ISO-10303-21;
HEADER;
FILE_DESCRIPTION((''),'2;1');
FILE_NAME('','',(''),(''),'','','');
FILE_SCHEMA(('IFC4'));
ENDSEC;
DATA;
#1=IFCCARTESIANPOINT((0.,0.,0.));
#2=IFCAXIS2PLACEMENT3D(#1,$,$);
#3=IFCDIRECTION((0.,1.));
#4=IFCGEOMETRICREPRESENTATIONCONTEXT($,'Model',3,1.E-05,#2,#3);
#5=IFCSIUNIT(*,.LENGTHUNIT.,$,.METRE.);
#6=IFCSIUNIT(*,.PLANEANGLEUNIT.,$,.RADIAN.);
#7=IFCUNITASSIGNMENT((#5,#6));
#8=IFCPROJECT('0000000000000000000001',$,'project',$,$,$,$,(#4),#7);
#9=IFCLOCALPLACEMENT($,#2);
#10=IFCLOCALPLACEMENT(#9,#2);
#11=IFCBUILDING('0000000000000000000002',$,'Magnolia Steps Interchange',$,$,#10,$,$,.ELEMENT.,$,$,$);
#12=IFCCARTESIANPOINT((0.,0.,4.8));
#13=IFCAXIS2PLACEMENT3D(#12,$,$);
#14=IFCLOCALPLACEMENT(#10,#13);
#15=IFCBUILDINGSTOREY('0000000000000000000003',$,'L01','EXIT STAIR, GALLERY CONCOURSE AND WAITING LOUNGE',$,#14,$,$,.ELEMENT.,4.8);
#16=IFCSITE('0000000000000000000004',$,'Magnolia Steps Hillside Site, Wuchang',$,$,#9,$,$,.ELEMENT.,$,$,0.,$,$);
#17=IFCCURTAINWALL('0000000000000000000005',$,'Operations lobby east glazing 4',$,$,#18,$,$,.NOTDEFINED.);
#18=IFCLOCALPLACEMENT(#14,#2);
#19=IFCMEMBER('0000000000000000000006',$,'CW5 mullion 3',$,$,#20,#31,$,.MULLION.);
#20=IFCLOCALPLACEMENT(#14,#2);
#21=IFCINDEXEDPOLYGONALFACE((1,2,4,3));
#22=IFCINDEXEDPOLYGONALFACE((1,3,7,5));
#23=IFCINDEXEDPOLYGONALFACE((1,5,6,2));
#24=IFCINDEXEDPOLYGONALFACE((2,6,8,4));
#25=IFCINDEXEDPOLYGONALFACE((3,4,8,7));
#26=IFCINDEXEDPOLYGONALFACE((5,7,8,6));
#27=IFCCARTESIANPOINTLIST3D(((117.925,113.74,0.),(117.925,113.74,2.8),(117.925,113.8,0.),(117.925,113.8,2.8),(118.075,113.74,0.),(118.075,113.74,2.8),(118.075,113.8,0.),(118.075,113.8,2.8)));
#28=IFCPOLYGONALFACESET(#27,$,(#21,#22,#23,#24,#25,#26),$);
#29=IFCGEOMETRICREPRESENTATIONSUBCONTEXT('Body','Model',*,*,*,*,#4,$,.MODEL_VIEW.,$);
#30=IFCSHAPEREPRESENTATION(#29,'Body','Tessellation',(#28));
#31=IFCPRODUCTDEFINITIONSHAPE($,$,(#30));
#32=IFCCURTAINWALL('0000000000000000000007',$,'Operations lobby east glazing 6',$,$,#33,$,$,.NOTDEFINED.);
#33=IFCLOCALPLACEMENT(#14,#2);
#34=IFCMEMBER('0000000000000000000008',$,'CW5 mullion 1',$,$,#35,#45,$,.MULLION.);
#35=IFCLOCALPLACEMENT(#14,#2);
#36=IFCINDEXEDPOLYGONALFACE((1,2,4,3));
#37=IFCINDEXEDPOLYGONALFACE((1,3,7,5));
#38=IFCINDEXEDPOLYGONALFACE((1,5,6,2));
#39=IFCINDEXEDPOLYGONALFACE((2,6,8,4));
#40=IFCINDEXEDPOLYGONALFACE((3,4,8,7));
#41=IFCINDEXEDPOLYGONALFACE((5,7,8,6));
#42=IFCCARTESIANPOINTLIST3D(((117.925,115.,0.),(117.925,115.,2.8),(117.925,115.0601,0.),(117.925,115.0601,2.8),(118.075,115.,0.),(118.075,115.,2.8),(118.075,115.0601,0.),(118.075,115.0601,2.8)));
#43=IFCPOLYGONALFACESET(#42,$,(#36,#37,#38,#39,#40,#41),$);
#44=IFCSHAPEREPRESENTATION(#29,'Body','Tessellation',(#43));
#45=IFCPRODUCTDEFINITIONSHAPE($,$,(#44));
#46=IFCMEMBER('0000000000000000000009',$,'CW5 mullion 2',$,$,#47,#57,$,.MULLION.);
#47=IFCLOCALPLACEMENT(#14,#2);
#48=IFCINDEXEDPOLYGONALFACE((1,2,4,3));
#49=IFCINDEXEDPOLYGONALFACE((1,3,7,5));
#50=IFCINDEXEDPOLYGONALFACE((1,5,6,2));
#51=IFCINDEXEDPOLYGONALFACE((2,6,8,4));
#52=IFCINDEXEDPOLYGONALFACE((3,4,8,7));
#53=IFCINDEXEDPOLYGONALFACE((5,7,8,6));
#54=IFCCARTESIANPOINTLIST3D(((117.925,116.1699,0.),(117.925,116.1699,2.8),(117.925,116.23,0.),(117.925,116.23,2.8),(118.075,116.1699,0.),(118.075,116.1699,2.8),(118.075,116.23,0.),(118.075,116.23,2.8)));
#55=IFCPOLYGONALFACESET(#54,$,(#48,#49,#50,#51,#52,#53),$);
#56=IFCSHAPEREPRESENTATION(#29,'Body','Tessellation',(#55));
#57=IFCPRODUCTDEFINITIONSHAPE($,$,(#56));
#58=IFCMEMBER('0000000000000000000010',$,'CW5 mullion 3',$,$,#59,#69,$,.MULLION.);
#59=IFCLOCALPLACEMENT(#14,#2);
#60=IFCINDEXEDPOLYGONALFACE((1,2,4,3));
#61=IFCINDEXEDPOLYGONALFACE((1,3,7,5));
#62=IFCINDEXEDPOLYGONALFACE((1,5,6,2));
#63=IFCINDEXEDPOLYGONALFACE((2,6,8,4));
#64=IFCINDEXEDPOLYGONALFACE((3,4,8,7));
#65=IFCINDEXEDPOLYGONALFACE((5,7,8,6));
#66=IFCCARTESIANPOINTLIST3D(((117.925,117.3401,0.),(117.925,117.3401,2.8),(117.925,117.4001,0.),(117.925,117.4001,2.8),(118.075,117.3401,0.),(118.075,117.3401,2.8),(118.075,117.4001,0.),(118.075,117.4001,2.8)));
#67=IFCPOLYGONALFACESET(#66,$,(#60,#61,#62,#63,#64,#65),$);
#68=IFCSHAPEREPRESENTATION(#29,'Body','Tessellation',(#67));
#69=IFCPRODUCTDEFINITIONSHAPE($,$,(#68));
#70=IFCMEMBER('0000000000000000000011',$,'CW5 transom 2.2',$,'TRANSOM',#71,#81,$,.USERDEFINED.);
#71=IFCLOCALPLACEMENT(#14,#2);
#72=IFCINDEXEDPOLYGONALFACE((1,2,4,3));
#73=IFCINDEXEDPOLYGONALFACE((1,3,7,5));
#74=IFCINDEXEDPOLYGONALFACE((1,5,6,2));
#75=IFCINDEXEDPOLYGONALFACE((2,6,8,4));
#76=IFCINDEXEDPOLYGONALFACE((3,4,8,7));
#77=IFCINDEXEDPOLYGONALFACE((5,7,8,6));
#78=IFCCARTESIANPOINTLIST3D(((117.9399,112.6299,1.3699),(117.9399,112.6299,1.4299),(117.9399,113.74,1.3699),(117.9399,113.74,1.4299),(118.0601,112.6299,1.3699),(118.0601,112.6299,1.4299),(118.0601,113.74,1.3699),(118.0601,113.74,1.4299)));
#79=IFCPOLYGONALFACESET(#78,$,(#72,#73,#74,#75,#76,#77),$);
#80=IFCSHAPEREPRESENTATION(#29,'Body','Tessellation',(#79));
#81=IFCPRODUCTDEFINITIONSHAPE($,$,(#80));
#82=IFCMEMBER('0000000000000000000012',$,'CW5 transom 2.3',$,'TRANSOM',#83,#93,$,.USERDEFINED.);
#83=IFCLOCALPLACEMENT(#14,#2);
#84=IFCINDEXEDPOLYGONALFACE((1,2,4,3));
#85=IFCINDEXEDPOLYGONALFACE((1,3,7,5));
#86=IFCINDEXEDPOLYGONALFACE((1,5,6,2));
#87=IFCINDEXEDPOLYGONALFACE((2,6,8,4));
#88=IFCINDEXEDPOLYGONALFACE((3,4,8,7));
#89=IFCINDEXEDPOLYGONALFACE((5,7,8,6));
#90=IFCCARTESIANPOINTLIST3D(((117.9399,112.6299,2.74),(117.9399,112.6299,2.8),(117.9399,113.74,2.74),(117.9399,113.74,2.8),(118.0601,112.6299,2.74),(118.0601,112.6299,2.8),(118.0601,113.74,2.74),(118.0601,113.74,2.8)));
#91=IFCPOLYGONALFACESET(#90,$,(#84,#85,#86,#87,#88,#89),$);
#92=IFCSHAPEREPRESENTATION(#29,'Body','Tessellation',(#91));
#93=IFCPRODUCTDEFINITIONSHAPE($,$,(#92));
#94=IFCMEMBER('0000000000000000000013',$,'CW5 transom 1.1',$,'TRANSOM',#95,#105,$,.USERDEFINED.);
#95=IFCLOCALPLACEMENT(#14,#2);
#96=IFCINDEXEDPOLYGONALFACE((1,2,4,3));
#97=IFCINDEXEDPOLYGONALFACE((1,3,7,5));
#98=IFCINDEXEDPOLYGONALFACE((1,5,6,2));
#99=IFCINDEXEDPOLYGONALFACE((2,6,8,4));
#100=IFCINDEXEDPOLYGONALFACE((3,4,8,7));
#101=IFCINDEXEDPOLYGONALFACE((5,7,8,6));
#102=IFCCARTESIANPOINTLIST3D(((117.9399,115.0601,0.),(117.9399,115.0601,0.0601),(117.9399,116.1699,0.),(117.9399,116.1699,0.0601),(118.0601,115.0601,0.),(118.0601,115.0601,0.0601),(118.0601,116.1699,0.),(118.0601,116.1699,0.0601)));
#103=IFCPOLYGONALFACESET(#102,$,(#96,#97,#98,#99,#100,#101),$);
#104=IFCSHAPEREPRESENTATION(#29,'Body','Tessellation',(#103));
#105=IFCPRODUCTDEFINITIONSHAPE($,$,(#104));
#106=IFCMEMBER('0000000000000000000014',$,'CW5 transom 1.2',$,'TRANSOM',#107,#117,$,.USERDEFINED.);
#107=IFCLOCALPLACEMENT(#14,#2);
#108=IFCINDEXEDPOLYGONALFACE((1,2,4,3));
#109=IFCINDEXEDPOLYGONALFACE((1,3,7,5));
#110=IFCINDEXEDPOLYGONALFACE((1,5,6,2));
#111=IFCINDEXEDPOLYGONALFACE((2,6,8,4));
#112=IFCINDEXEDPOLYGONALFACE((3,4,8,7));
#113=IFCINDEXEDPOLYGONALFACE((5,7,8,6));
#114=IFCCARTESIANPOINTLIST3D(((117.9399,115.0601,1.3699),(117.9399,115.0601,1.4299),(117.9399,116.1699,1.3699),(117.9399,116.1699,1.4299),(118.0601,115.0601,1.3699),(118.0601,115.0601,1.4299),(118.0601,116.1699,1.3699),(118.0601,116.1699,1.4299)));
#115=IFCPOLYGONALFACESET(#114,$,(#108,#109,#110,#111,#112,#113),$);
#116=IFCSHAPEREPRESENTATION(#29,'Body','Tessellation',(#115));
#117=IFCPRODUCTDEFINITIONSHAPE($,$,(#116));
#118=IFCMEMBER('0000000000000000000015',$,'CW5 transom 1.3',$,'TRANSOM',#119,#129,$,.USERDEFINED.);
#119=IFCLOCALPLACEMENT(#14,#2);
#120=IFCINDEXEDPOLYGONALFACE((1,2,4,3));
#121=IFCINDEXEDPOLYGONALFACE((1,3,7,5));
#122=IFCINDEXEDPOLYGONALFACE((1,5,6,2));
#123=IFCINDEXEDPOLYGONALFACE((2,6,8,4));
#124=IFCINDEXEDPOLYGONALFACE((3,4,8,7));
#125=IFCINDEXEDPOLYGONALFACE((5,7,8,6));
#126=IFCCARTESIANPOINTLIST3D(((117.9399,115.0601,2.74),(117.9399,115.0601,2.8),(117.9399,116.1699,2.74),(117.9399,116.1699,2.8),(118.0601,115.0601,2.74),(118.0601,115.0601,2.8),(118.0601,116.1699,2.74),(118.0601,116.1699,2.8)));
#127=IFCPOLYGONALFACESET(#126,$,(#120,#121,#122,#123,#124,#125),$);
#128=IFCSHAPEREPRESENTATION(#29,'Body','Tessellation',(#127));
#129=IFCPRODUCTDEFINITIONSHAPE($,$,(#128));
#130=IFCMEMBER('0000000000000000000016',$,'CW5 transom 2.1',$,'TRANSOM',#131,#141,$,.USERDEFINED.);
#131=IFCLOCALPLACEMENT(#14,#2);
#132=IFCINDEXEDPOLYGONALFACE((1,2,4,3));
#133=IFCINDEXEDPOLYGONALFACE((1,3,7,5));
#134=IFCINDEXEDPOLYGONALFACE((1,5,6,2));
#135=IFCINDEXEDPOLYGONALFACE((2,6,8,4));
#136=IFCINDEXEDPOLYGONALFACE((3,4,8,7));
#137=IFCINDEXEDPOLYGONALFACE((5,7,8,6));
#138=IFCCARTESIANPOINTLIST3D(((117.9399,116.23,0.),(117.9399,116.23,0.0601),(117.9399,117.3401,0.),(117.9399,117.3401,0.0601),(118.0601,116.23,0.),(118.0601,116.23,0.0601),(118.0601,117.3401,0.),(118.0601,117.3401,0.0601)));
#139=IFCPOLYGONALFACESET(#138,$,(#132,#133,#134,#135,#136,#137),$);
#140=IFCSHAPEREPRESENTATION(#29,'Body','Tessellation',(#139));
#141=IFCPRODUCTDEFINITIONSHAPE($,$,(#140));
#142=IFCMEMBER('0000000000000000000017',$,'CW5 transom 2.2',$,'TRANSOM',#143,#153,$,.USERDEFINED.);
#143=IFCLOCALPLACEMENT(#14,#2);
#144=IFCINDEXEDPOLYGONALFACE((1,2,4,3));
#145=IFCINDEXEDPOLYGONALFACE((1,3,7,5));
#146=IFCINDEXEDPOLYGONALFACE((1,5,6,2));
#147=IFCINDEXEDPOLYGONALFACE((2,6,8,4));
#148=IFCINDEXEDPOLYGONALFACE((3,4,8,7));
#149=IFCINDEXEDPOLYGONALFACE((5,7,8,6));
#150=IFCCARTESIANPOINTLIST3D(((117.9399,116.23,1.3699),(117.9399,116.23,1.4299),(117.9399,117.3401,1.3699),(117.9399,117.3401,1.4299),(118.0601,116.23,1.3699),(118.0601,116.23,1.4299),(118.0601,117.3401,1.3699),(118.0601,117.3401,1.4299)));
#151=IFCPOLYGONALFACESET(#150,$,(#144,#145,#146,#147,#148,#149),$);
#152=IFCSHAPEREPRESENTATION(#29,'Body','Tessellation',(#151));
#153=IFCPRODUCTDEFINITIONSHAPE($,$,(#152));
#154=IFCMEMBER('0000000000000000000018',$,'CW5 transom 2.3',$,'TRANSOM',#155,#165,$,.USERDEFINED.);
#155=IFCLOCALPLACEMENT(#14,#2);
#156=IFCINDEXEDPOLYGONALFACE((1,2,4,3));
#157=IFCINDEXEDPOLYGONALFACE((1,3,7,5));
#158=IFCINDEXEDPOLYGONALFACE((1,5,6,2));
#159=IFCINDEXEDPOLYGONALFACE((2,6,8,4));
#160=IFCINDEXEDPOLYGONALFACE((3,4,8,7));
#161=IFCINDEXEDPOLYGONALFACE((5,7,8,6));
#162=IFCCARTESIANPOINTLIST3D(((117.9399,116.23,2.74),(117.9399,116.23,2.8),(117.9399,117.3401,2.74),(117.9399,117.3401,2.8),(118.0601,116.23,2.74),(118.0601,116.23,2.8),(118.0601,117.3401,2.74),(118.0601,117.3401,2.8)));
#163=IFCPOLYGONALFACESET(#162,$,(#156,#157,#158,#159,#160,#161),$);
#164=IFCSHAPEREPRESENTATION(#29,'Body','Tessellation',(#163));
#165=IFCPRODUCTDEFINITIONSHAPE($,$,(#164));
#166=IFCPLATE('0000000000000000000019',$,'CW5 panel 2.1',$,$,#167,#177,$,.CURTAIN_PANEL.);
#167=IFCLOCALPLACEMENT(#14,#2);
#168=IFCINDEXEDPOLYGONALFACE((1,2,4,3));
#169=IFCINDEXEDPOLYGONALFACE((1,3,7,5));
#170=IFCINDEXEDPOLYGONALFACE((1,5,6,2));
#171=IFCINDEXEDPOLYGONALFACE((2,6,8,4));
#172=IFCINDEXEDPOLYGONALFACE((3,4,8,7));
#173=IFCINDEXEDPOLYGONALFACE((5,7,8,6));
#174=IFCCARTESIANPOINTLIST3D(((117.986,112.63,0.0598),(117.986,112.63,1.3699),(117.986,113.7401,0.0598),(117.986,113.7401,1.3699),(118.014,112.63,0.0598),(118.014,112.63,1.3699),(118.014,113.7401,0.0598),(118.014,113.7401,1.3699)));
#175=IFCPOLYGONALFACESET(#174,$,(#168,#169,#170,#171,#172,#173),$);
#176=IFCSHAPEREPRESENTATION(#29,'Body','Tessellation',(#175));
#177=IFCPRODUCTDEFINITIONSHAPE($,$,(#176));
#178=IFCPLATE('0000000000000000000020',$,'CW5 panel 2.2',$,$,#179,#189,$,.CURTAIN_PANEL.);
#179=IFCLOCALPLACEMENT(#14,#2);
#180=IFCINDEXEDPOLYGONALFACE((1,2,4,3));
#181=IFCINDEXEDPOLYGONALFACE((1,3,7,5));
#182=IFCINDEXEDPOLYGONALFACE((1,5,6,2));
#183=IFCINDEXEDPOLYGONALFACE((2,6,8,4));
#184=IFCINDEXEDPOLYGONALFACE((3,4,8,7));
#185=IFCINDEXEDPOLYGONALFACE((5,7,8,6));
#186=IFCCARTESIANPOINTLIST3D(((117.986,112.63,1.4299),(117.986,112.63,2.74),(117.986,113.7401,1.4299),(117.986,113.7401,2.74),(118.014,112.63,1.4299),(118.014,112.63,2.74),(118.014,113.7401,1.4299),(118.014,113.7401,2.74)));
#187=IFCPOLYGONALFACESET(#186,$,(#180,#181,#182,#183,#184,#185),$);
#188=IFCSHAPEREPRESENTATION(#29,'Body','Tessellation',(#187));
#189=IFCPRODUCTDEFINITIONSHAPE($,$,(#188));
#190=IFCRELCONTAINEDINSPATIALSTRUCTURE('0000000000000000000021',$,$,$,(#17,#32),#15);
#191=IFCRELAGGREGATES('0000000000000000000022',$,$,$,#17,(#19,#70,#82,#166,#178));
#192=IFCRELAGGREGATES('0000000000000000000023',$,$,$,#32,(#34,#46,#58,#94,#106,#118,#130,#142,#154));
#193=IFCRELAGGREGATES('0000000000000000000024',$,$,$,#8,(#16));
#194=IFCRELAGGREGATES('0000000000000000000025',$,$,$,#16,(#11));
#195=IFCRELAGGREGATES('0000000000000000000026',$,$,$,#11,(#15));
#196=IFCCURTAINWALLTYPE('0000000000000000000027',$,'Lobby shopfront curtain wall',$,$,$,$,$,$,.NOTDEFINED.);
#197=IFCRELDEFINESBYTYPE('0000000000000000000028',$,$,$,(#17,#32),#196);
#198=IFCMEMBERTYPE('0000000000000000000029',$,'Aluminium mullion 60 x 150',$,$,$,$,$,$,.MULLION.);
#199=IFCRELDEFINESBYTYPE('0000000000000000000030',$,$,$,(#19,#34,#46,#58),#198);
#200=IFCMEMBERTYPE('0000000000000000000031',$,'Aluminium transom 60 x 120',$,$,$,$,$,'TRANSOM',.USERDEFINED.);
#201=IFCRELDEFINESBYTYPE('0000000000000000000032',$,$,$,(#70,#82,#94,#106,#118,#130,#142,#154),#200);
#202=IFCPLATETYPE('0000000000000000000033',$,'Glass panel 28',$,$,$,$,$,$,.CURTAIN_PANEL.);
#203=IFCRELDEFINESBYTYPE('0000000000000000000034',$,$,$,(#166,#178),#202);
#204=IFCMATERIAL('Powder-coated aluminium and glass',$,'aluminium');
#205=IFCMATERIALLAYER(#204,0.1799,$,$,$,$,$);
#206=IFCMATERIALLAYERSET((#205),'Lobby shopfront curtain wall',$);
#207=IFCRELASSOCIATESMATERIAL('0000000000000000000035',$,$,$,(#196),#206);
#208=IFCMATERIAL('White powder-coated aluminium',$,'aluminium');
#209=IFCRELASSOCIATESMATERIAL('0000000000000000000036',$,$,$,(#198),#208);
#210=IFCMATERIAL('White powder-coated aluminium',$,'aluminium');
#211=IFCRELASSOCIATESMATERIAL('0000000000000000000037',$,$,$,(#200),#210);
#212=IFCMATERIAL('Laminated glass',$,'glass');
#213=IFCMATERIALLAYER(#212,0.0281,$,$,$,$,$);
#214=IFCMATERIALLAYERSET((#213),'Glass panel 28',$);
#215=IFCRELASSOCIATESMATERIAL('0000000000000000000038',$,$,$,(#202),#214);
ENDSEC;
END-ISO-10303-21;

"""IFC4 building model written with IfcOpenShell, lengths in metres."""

from ifc_helpers import new_model, si_unit, direction, frame, origin, origin_2d, place, context, subcontext, project, spatial, rectangle, extrude, material, layer, layer_set, material_profile, profile_set, type_object, element, aggregate, save


model = new_model("IFC4")

# Units and contexts
model_context = context("Model", 3, precision=1e-05, world=origin(), true_north=direction((0.0, 1.0)))
body_context = subcontext(model_context, "Body", "Model", "MODEL_VIEW")
ifc_project = project(units=[si_unit("LENGTHUNIT", "METRE"), si_unit("PLANEANGLEUNIT", "RADIAN")], contexts=[model_context])

# Site, building, storey
site_placement = place(None, origin())
site = spatial("IfcSite", under=ifc_project, at=site_placement, Name="Magnolia Steps Hillside Site, Wuchang", CompositionType="ELEMENT", RefElevation=0.0)
building_placement = place(site_placement, origin())
building = spatial("IfcBuilding", under=site, at=building_placement, Name="Magnolia Steps Interchange", CompositionType="ELEMENT")
storey_placement = place(building_placement, frame((0.0, 0.0, 4.8)))
storey = spatial("IfcBuildingStorey", under=building, at=storey_placement, Name="L01", Description="EXIT STAIR, GALLERY CONCOURSE AND WAITING LOUNGE", CompositionType="ELEMENT", Elevation=4.8)

# Curtain wall, member
ifc_material_1 = material(Name="Powder-coated aluminium and glass", Category="aluminium")
ifc_layer_1 = layer(ifc_material_1, 0.1799)
ifc_layer_set_1 = layer_set([ifc_layer_1], Name="Lobby shopfront curtain wall")
curtain_wall_type = type_object("IfcCurtainWallType", Name="Lobby shopfront curtain wall", PredefinedType="NOTDEFINED", material=ifc_layer_set_1)
curtain_wall_1_placement = place(storey_placement, origin())
curtain_wall_1 = element("IfcCurtainWall", 1, at=curtain_wall_1_placement, inside=storey, type_object=curtain_wall_type, Name="Operations lobby east glazing 4", PredefinedType="NOTDEFINED")
ifc_material_2 = material(Name="White powder-coated aluminium", Category="aluminium")
ifc_material_profile_1 = material_profile(ifc_material_2, rectangle(XDim=0.0601, YDim=0.1499, at=origin_2d()), Name="Aluminium mullion 60 x 150")
ifc_profile_set_1 = profile_set([ifc_material_profile_1], Name="White powder-coated aluminium")
member_type_1 = type_object("IfcMemberType", Name="Aluminium mullion 60 x 150", PredefinedType="MULLION", material=ifc_profile_set_1)
member_1_placement = place(storey_placement, frame((118.0, 113.77, 0.0), z_axis=(0.0, 0.0, 1.0), x_axis=(0.0, 1.0, 0.0)))
member_1 = element("IfcMember", 2, at=member_1_placement, type_object=member_type_1, Name="CW5 mullion 3", PredefinedType="MULLION", context=body_context, shape_type="SweptSolid", body=[
    extrude(rectangle(XDim=0.0601, YDim=0.1499, at=origin_2d()), origin(), (0.0, 0.0, 1.0), 2.8),
])

# Curtain wall, members
curtain_wall_2_placement = place(storey_placement, origin())
curtain_wall_2 = element("IfcCurtainWall", 3, at=curtain_wall_2_placement, inside=storey, type_object=curtain_wall_type, Name="Operations lobby east glazing 6", PredefinedType="NOTDEFINED")
member_2_placement = place(storey_placement, frame((118.0, 115.03, 0.0), z_axis=(0.0, 0.0, 1.0), x_axis=(0.0, 1.0, 0.0)))
member_2 = element("IfcMember", 4, at=member_2_placement, type_object=member_type_1, Name="CW5 mullion 1", PredefinedType="MULLION", context=body_context, shape_type="SweptSolid", body=[
    extrude(rectangle(XDim=0.0601, YDim=0.1499, at=origin_2d()), origin(), (0.0, 0.0, 1.0), 2.8),
])
member_3_placement = place(storey_placement, frame((118.0, 116.2, 0.0), z_axis=(0.0, 0.0, 1.0), x_axis=(0.0, 1.0, 0.0)))
member_3 = element("IfcMember", 5, at=member_3_placement, type_object=member_type_1, Name="CW5 mullion 2", PredefinedType="MULLION", context=body_context, shape_type="SweptSolid", body=[
    extrude(rectangle(XDim=0.0601, YDim=0.1499, at=origin_2d()), origin(), (0.0, 0.0, 1.0), 2.8),
])
member_4_placement = place(storey_placement, frame((118.0, 117.3701, 0.0), z_axis=(0.0, 0.0, 1.0), x_axis=(0.0, 1.0, 0.0)))
member_4 = element("IfcMember", 6, at=member_4_placement, type_object=member_type_1, Name="CW5 mullion 3", PredefinedType="MULLION", context=body_context, shape_type="SweptSolid", body=[
    extrude(rectangle(XDim=0.0601, YDim=0.1499, at=origin_2d()), origin(), (0.0, 0.0, 1.0), 2.8),
])

# Members
ifc_material_3 = material(Name="White powder-coated aluminium", Category="aluminium")
ifc_material_profile_2 = material_profile(ifc_material_3, rectangle(XDim=0.0601, YDim=0.1201, at=origin_2d()), Name="Aluminium transom 60 x 120")
ifc_profile_set_2 = profile_set([ifc_material_profile_2], Name="White powder-coated aluminium")
member_type_2 = type_object("IfcMemberType", Name="Aluminium transom 60 x 120", ElementType="TRANSOM", PredefinedType="USERDEFINED", material=ifc_profile_set_2)
member_5_placement = place(storey_placement, frame((118.0, 112.6299, 1.3999), z_axis=(0.0, 1.0, 0.0), x_axis=(0.0, 0.0, 1.0)))
member_5 = element("IfcMember", 7, at=member_5_placement, type_object=member_type_2, Name="CW5 transom 2.2", ObjectType="TRANSOM", PredefinedType="USERDEFINED", context=body_context, shape_type="SweptSolid", body=[
    extrude(rectangle(XDim=0.0601, YDim=0.1201, at=origin_2d()), origin(), (0.0, 0.0, 1.0), 1.1101),
])
member_6_placement = place(storey_placement, frame((118.0, 112.6299, 2.77), z_axis=(0.0, 1.0, 0.0), x_axis=(0.0, 0.0, 1.0)))
member_6 = element("IfcMember", 8, at=member_6_placement, type_object=member_type_2, Name="CW5 transom 2.3", ObjectType="TRANSOM", PredefinedType="USERDEFINED", context=body_context, shape_type="SweptSolid", body=[
    extrude(rectangle(XDim=0.0601, YDim=0.1201, at=origin_2d()), origin(), (0.0, 0.0, 1.0), 1.1101),
])
member_7_placement = place(storey_placement, frame((118.0, 115.0601, 0.03), z_axis=(0.0, 1.0, 0.0), x_axis=(0.0, 0.0, 1.0)))
member_7 = element("IfcMember", 9, at=member_7_placement, type_object=member_type_2, Name="CW5 transom 1.1", ObjectType="TRANSOM", PredefinedType="USERDEFINED", context=body_context, shape_type="SweptSolid", body=[
    extrude(rectangle(XDim=0.0601, YDim=0.1201, at=origin_2d()), origin(), (0.0, 0.0, 1.0), 1.1099),
])
member_8_placement = place(storey_placement, frame((118.0, 115.0601, 1.3999), z_axis=(0.0, 1.0, 0.0), x_axis=(0.0, 0.0, 1.0)))
member_8 = element("IfcMember", 10, at=member_8_placement, type_object=member_type_2, Name="CW5 transom 1.2", ObjectType="TRANSOM", PredefinedType="USERDEFINED", context=body_context, shape_type="SweptSolid", body=[
    extrude(rectangle(XDim=0.0601, YDim=0.1201, at=origin_2d()), origin(), (0.0, 0.0, 1.0), 1.1099),
])
member_9_placement = place(storey_placement, frame((118.0, 115.0601, 2.77), z_axis=(0.0, 1.0, 0.0), x_axis=(0.0, 0.0, 1.0)))
member_9 = element("IfcMember", 11, at=member_9_placement, type_object=member_type_2, Name="CW5 transom 1.3", ObjectType="TRANSOM", PredefinedType="USERDEFINED", context=body_context, shape_type="SweptSolid", body=[
    extrude(rectangle(XDim=0.0601, YDim=0.1201, at=origin_2d()), origin(), (0.0, 0.0, 1.0), 1.1099),
])
member_10_placement = place(storey_placement, frame((118.0, 116.23, 0.03), z_axis=(0.0, 1.0, 0.0), x_axis=(0.0, 0.0, 1.0)))
member_10 = element("IfcMember", 12, at=member_10_placement, type_object=member_type_2, Name="CW5 transom 2.1", ObjectType="TRANSOM", PredefinedType="USERDEFINED", context=body_context, shape_type="SweptSolid", body=[
    extrude(rectangle(XDim=0.0601, YDim=0.1201, at=origin_2d()), origin(), (0.0, 0.0, 1.0), 1.1101),
])
member_11_placement = place(storey_placement, frame((118.0, 116.23, 1.3999), z_axis=(0.0, 1.0, 0.0), x_axis=(0.0, 0.0, 1.0)))
member_11 = element("IfcMember", 13, at=member_11_placement, type_object=member_type_2, Name="CW5 transom 2.2", ObjectType="TRANSOM", PredefinedType="USERDEFINED", context=body_context, shape_type="SweptSolid", body=[
    extrude(rectangle(XDim=0.0601, YDim=0.1201, at=origin_2d()), origin(), (0.0, 0.0, 1.0), 1.1101),
])
member_12_placement = place(storey_placement, frame((118.0, 116.23, 2.77), z_axis=(0.0, 1.0, 0.0), x_axis=(0.0, 0.0, 1.0)))
member_12 = element("IfcMember", 14, at=member_12_placement, type_object=member_type_2, Name="CW5 transom 2.3", ObjectType="TRANSOM", PredefinedType="USERDEFINED", context=body_context, shape_type="SweptSolid", body=[
    extrude(rectangle(XDim=0.0601, YDim=0.1201, at=origin_2d()), origin(), (0.0, 0.0, 1.0), 1.1101),
])

# Plates
ifc_material_4 = material(Name="Laminated glass", Category="glass")
ifc_layer_2 = layer(ifc_material_4, 0.0281)
ifc_layer_set_2 = layer_set([ifc_layer_2], Name="Glass panel 28")
plate_type = type_object("IfcPlateType", Name="Glass panel 28", PredefinedType="CURTAIN_PANEL", material=ifc_layer_set_2)
plate_1_placement = place(storey_placement, frame((118.0, 113.1851, 0.0598), z_axis=(0.0, 0.0, 1.0), x_axis=(0.0, 1.0, 0.0)))
plate_1 = element("IfcPlate", 15, at=plate_1_placement, type_object=plate_type, Name="CW5 panel 2.1", PredefinedType="CURTAIN_PANEL", context=body_context, shape_type="SweptSolid", body=[
    extrude(rectangle(XDim=1.1101, YDim=0.0281, at=origin_2d()), origin(), (0.0, 0.0, 1.0), 1.3101),
])
plate_2_placement = place(storey_placement, frame((118.0, 113.1851, 1.4299), z_axis=(0.0, 0.0, 1.0), x_axis=(0.0, 1.0, 0.0)))
plate_2 = element("IfcPlate", 16, at=plate_2_placement, type_object=plate_type, Name="CW5 panel 2.2", PredefinedType="CURTAIN_PANEL", context=body_context, shape_type="SweptSolid", body=[
    extrude(rectangle(XDim=1.1101, YDim=0.0281, at=origin_2d()), origin(), (0.0, 0.0, 1.0), 1.3101),
])
aggregate(curtain_wall_1, [member_1, member_5, member_6, plate_1, plate_2])
aggregate(curtain_wall_2, [member_2, member_3, member_4, member_7, member_8, member_9, member_10, member_11, member_12])

save(model, "model.ifc")
